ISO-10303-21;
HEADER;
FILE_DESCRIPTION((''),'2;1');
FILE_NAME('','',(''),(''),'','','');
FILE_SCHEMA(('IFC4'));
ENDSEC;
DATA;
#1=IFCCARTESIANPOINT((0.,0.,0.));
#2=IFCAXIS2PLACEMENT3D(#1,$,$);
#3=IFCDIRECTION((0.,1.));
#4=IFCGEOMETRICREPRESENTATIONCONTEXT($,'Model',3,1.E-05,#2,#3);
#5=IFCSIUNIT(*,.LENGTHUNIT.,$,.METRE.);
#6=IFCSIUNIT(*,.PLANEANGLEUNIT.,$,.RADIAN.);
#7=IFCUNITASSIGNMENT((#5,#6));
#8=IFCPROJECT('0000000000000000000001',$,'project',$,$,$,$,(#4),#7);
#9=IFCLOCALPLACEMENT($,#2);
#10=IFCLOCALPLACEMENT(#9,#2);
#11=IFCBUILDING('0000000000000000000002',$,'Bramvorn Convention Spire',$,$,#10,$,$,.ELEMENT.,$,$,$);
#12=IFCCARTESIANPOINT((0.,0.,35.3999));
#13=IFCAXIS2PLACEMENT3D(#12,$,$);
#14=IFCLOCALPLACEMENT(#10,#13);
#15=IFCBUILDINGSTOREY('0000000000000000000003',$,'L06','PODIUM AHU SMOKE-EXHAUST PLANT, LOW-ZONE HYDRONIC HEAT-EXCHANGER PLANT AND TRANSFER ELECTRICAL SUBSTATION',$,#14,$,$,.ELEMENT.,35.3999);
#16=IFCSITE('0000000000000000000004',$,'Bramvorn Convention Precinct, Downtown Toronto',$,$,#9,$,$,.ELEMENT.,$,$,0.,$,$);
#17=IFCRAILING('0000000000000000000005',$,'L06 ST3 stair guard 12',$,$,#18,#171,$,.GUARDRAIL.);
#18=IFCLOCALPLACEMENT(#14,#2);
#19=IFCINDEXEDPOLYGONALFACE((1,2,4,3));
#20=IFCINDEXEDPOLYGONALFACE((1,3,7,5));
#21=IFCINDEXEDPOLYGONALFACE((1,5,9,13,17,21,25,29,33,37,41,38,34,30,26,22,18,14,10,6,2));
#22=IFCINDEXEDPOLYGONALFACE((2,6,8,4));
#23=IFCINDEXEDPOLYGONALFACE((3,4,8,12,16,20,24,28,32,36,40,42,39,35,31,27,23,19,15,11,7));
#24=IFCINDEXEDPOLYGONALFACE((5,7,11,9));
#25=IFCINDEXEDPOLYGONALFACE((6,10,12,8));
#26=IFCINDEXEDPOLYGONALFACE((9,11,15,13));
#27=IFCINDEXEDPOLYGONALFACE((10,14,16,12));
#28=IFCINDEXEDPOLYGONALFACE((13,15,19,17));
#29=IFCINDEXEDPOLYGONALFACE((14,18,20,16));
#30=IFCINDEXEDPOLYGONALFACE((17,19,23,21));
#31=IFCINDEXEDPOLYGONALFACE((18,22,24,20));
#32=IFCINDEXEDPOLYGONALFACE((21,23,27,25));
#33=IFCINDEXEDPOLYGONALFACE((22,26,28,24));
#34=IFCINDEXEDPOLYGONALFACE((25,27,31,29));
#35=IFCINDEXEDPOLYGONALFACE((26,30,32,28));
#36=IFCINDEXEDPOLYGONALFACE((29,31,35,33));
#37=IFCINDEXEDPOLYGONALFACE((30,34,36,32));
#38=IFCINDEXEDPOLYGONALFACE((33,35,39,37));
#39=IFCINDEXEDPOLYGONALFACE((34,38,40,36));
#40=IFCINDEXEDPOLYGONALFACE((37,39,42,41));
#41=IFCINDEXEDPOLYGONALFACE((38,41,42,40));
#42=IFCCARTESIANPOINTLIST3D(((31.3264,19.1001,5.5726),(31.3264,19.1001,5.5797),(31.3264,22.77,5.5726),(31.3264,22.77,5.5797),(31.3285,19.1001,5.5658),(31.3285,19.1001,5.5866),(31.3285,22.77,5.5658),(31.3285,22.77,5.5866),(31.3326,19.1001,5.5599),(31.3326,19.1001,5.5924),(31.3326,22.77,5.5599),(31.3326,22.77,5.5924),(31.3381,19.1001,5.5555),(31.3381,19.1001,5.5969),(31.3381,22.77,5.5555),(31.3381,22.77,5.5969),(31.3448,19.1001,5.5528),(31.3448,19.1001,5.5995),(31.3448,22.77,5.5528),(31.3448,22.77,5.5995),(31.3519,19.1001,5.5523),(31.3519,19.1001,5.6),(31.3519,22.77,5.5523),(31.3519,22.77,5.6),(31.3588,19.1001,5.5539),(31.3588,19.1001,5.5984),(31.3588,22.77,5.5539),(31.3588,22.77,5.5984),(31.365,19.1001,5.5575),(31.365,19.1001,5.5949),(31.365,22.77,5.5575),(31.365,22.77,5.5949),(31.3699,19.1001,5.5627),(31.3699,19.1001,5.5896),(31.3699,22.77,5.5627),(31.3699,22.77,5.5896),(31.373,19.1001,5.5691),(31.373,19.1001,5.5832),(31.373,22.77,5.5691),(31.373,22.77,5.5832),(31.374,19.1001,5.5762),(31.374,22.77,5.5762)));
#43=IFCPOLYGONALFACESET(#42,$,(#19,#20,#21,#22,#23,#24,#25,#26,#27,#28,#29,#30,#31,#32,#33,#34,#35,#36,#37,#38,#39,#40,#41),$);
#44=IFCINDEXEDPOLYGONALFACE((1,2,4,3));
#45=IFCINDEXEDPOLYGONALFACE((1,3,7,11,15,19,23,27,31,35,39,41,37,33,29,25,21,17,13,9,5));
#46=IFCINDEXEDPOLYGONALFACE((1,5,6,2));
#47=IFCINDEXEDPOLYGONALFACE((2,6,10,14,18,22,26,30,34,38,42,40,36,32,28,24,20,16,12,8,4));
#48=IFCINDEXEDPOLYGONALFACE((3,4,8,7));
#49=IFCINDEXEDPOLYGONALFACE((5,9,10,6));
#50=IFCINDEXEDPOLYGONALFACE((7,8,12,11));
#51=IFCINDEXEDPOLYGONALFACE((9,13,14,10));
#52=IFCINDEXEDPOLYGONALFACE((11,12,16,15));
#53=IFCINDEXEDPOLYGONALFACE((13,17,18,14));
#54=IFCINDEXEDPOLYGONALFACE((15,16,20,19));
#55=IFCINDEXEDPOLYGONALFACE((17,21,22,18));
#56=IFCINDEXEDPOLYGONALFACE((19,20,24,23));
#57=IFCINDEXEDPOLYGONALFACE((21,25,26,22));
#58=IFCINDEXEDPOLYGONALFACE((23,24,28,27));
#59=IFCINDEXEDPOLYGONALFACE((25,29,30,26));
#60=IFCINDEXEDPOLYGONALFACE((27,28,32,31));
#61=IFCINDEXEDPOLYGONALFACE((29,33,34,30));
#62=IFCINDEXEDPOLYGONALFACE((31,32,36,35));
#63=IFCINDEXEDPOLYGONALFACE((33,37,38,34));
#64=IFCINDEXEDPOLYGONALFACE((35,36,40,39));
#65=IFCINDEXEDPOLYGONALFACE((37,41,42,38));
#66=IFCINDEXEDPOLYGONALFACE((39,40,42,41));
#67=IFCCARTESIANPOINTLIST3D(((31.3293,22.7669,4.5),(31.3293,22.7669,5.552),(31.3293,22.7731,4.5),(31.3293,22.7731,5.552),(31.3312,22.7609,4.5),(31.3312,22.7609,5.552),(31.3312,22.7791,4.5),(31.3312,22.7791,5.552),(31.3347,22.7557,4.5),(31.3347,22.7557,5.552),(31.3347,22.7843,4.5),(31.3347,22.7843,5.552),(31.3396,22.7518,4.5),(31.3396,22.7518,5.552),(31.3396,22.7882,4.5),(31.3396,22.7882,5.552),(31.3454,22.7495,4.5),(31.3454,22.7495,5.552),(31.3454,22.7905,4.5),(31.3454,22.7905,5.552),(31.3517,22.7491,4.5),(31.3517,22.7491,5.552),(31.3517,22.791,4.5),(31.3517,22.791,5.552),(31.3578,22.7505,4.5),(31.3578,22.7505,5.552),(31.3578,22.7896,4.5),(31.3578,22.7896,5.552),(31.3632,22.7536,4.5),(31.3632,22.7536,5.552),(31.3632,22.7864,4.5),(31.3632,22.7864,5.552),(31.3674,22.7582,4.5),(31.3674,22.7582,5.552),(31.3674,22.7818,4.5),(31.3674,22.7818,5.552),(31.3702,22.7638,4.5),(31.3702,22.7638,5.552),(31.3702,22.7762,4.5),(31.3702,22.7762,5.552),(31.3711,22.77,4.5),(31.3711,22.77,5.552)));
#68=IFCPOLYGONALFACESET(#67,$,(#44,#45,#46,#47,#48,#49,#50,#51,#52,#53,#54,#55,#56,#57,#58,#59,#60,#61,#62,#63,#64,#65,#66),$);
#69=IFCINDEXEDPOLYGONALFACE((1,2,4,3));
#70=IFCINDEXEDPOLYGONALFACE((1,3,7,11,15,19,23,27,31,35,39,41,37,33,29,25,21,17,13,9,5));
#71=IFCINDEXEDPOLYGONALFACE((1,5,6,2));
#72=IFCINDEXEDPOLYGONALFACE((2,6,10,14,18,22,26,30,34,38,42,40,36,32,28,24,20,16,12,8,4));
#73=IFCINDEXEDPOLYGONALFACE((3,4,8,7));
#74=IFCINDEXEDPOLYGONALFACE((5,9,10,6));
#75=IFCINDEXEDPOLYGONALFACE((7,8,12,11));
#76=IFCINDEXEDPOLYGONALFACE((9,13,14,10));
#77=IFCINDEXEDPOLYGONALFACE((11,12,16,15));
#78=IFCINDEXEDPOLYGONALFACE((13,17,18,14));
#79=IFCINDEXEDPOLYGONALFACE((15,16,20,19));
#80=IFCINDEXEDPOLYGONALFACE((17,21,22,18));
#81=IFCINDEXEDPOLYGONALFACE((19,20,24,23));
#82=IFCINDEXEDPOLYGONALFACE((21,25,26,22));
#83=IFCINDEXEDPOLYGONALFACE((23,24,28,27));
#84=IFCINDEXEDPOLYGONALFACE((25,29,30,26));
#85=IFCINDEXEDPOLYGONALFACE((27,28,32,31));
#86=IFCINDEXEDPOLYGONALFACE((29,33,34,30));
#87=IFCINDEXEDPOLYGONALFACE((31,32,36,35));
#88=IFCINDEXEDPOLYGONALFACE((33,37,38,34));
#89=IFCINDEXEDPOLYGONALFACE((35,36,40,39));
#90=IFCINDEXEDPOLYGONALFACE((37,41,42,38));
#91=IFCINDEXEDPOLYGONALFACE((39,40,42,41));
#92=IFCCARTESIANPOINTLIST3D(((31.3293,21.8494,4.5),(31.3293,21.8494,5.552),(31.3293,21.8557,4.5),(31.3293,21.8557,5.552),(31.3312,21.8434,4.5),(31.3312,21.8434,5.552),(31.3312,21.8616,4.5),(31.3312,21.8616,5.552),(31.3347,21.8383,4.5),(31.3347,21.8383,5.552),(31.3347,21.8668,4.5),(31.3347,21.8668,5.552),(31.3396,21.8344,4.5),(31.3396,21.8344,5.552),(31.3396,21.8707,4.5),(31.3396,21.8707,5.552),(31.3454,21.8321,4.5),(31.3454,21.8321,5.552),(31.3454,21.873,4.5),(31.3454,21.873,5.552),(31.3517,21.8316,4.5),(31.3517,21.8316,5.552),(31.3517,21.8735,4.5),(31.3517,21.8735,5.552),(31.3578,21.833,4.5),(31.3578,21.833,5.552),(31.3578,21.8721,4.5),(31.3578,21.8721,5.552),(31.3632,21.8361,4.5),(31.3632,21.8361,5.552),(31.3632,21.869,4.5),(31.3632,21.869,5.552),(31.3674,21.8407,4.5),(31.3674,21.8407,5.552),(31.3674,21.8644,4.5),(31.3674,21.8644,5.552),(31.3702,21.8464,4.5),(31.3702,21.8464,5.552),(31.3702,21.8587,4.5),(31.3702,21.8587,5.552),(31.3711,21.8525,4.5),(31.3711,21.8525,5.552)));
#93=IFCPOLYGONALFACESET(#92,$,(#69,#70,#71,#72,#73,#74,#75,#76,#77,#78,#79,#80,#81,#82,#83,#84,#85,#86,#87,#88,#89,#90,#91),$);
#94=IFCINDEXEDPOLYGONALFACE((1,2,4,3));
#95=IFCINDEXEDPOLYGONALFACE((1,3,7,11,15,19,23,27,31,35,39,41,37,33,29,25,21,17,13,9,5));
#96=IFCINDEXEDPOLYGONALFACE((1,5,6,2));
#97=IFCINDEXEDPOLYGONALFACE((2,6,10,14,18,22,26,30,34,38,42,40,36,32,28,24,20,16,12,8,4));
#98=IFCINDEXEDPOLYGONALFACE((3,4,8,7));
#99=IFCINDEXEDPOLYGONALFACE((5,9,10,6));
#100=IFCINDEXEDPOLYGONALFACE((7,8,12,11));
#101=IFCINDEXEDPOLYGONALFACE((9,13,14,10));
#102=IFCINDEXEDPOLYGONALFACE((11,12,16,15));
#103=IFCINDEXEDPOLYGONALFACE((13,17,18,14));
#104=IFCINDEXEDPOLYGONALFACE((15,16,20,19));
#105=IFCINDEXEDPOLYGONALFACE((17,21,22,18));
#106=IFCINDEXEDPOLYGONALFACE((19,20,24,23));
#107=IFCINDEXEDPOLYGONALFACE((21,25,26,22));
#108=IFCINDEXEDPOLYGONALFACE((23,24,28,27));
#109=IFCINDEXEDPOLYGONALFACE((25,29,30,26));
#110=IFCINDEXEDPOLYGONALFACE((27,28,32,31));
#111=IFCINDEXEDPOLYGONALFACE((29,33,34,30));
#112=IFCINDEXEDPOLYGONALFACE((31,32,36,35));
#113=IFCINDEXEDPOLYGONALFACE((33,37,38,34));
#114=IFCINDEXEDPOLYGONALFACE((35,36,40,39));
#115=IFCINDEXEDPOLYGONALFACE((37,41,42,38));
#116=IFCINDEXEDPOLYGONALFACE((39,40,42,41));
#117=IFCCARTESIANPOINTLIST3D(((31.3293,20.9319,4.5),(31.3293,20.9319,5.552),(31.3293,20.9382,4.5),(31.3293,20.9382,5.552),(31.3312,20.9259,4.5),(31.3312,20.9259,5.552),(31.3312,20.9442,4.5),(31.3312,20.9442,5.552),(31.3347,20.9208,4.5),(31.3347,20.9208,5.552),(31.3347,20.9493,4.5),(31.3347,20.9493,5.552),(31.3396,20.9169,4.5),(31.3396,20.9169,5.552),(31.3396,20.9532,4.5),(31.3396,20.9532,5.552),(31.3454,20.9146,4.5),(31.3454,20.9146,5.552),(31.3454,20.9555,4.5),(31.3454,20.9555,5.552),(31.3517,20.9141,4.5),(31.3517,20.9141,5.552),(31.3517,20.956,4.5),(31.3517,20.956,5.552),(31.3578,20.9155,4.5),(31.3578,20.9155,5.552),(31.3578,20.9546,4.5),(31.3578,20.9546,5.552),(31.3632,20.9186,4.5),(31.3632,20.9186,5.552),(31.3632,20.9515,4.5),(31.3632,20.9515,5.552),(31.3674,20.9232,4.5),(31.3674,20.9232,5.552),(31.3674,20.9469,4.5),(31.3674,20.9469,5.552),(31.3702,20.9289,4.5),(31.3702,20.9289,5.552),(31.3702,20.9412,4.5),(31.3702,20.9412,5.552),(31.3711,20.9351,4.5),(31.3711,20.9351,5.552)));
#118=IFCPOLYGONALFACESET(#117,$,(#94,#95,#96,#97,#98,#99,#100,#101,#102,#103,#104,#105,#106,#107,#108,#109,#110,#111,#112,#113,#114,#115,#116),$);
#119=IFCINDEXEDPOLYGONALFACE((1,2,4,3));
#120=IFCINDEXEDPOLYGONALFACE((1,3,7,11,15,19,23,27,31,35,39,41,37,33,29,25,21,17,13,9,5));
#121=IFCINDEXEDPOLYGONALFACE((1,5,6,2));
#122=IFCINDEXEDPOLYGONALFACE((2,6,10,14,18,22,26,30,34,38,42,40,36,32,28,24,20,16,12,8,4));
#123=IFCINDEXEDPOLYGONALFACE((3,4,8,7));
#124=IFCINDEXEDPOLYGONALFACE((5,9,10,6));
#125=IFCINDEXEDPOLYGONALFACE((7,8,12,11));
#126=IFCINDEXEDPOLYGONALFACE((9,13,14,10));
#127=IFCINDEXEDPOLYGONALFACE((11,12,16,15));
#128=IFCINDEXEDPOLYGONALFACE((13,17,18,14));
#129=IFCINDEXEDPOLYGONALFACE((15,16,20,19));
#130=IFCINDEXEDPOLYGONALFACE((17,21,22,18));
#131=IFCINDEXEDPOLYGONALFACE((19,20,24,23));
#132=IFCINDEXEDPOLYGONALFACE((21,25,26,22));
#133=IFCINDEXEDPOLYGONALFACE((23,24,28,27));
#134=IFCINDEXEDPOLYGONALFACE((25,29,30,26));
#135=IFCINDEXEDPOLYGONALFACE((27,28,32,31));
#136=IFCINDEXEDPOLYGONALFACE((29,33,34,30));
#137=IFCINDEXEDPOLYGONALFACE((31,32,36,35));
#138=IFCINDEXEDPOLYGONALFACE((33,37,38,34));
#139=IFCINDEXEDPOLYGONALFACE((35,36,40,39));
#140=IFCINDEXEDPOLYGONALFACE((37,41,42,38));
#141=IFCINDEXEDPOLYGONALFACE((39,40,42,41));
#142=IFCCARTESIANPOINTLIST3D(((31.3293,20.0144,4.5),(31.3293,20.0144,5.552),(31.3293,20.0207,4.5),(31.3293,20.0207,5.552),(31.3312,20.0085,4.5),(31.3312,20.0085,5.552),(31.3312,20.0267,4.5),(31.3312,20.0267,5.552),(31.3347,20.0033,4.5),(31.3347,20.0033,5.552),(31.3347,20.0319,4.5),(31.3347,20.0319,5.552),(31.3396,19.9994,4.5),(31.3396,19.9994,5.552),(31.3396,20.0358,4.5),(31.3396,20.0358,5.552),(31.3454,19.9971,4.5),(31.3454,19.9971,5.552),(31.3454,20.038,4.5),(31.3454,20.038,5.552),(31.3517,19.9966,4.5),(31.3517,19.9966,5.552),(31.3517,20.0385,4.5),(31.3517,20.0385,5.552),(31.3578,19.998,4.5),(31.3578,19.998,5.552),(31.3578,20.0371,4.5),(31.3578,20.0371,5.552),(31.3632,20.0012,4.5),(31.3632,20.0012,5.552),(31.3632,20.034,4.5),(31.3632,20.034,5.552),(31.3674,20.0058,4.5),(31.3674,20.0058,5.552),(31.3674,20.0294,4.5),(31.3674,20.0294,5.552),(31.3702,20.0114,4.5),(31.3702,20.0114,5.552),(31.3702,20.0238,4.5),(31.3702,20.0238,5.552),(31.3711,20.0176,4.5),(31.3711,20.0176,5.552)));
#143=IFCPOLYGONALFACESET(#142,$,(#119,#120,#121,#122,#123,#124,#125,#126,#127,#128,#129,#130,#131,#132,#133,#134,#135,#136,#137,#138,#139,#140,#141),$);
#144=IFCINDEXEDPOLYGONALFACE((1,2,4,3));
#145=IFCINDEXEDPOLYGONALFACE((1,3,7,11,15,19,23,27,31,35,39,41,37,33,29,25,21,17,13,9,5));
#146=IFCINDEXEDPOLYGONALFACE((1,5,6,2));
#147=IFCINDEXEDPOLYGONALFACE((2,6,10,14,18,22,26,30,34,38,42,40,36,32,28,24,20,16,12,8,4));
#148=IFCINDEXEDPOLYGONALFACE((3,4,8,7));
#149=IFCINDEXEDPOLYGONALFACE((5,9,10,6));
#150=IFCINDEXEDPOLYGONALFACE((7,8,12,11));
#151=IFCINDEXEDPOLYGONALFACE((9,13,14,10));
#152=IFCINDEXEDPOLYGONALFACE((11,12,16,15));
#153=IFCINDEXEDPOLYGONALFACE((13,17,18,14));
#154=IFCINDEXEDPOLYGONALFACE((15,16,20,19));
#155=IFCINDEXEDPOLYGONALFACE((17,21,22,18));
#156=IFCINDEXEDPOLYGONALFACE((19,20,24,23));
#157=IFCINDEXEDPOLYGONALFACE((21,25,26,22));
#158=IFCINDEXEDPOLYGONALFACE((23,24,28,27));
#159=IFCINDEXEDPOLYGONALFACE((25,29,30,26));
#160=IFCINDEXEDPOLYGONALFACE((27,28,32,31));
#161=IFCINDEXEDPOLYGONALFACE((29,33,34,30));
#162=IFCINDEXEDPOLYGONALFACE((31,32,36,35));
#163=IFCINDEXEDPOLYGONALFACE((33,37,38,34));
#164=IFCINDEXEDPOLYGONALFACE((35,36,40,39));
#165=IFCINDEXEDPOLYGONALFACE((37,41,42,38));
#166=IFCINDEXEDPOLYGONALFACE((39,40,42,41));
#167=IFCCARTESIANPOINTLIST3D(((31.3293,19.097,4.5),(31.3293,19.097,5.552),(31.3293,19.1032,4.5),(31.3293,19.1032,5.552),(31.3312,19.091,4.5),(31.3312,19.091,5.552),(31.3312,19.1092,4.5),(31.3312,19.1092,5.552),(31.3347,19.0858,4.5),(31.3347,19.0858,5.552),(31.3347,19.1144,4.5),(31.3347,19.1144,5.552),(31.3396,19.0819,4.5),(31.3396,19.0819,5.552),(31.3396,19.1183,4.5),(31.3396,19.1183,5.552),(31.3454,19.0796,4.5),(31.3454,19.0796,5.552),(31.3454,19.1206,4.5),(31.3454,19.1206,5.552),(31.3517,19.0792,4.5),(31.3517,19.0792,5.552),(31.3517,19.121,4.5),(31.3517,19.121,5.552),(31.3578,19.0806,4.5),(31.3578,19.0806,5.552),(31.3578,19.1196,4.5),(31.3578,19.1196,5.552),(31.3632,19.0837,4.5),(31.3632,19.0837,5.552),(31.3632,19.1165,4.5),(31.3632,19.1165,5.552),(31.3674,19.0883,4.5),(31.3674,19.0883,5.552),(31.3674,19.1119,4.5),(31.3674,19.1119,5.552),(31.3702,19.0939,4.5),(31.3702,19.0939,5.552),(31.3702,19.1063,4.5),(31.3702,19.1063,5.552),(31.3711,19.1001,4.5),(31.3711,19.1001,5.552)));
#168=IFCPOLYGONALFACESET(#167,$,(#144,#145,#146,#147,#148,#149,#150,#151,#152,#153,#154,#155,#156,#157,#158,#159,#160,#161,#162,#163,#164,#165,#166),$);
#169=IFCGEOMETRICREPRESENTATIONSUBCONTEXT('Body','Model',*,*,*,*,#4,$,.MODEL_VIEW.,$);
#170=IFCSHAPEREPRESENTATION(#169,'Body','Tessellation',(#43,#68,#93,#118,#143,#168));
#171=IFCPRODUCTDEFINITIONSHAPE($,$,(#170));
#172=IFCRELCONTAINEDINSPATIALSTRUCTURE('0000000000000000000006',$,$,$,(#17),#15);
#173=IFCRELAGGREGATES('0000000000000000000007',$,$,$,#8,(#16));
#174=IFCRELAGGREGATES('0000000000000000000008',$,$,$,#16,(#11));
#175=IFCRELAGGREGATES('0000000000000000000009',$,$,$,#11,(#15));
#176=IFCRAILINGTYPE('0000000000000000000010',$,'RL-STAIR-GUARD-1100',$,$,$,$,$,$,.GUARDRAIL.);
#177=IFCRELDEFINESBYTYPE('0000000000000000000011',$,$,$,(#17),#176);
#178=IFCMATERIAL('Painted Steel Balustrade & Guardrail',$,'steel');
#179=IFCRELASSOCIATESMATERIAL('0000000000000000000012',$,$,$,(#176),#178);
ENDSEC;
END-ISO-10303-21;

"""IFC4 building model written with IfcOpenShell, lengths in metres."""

from ifc_helpers import new_model, si_unit, direction, frame, origin, origin_2d, place, context, subcontext, project, spatial, circle, extrude, material, type_object, element, save


model = new_model("IFC4")

# Units and contexts
model_context = context("Model", 3, precision=1e-05, world=origin(), true_north=direction((0.0, 1.0)))
body_context = subcontext(model_context, "Body", "Model", "MODEL_VIEW")
ifc_project = project(units=[si_unit("LENGTHUNIT", "METRE"), si_unit("PLANEANGLEUNIT", "RADIAN")], contexts=[model_context])

# Site, building, storey
site_placement = place(None, origin())
site = spatial("IfcSite", under=ifc_project, at=site_placement, Name="Bramvorn Convention Precinct, Downtown Toronto", CompositionType="ELEMENT", RefElevation=0.0)
building_placement = place(site_placement, origin())
building = spatial("IfcBuilding", under=site, at=building_placement, Name="Bramvorn Convention Spire", CompositionType="ELEMENT")
storey_placement = place(building_placement, frame((0.0, 0.0, 35.3999)))
storey = spatial("IfcBuildingStorey", under=building, at=storey_placement, Name="L06", Description="PODIUM AHU SMOKE-EXHAUST PLANT, LOW-ZONE HYDRONIC HEAT-EXCHANGER PLANT AND TRANSFER ELECTRICAL SUBSTATION", CompositionType="ELEMENT", Elevation=35.3999)

# Railing
ifc_material_1 = material(Name="Painted Steel Balustrade & Guardrail", Category="steel")
railing_type_1 = type_object("IfcRailingType", Name="RL-STAIR-GUARD-1100", PredefinedType="GUARDRAIL", material=ifc_material_1)
railing_1_placement = place(storey_placement, frame((31.3501, 22.77, 4.5)))
element("IfcRailing", 1, at=railing_1_placement, inside=storey, type_object=railing_type_1, Name="L06 ST3 stair guard 12", PredefinedType="GUARDRAIL", context=body_context, shape_type="SweptSolid", body=[
    extrude(circle(Radius=0.0239, at=origin_2d()), frame((0.0, 0.0, 1.0762), z_axis=(0.0, -1.0, 0.0), x_axis=(1.0, 0.0, 0.0)), (0.0, 0.0, 1.0), 3.6699),
    extrude(circle(Radius=0.021, at=origin_2d()), origin(), (0.0, 0.0, 1.0), 1.052),
    extrude(circle(Radius=0.021, at=origin_2d()), frame((0.0, -0.9175, 0.0)), (0.0, 0.0, 1.0), 1.052),
    extrude(circle(Radius=0.021, at=origin_2d()), frame((0.0, -1.835, 0.0)), (0.0, 0.0, 1.0), 1.052),
    extrude(circle(Radius=0.021, at=origin_2d()), frame((0.0, -2.7524, 0.0)), (0.0, 0.0, 1.0), 1.052),
    extrude(circle(Radius=0.021, at=origin_2d()), frame((0.0, -3.6699, 0.0)), (0.0, 0.0, 1.0), 1.052),
])

save(model, "model.ifc")
